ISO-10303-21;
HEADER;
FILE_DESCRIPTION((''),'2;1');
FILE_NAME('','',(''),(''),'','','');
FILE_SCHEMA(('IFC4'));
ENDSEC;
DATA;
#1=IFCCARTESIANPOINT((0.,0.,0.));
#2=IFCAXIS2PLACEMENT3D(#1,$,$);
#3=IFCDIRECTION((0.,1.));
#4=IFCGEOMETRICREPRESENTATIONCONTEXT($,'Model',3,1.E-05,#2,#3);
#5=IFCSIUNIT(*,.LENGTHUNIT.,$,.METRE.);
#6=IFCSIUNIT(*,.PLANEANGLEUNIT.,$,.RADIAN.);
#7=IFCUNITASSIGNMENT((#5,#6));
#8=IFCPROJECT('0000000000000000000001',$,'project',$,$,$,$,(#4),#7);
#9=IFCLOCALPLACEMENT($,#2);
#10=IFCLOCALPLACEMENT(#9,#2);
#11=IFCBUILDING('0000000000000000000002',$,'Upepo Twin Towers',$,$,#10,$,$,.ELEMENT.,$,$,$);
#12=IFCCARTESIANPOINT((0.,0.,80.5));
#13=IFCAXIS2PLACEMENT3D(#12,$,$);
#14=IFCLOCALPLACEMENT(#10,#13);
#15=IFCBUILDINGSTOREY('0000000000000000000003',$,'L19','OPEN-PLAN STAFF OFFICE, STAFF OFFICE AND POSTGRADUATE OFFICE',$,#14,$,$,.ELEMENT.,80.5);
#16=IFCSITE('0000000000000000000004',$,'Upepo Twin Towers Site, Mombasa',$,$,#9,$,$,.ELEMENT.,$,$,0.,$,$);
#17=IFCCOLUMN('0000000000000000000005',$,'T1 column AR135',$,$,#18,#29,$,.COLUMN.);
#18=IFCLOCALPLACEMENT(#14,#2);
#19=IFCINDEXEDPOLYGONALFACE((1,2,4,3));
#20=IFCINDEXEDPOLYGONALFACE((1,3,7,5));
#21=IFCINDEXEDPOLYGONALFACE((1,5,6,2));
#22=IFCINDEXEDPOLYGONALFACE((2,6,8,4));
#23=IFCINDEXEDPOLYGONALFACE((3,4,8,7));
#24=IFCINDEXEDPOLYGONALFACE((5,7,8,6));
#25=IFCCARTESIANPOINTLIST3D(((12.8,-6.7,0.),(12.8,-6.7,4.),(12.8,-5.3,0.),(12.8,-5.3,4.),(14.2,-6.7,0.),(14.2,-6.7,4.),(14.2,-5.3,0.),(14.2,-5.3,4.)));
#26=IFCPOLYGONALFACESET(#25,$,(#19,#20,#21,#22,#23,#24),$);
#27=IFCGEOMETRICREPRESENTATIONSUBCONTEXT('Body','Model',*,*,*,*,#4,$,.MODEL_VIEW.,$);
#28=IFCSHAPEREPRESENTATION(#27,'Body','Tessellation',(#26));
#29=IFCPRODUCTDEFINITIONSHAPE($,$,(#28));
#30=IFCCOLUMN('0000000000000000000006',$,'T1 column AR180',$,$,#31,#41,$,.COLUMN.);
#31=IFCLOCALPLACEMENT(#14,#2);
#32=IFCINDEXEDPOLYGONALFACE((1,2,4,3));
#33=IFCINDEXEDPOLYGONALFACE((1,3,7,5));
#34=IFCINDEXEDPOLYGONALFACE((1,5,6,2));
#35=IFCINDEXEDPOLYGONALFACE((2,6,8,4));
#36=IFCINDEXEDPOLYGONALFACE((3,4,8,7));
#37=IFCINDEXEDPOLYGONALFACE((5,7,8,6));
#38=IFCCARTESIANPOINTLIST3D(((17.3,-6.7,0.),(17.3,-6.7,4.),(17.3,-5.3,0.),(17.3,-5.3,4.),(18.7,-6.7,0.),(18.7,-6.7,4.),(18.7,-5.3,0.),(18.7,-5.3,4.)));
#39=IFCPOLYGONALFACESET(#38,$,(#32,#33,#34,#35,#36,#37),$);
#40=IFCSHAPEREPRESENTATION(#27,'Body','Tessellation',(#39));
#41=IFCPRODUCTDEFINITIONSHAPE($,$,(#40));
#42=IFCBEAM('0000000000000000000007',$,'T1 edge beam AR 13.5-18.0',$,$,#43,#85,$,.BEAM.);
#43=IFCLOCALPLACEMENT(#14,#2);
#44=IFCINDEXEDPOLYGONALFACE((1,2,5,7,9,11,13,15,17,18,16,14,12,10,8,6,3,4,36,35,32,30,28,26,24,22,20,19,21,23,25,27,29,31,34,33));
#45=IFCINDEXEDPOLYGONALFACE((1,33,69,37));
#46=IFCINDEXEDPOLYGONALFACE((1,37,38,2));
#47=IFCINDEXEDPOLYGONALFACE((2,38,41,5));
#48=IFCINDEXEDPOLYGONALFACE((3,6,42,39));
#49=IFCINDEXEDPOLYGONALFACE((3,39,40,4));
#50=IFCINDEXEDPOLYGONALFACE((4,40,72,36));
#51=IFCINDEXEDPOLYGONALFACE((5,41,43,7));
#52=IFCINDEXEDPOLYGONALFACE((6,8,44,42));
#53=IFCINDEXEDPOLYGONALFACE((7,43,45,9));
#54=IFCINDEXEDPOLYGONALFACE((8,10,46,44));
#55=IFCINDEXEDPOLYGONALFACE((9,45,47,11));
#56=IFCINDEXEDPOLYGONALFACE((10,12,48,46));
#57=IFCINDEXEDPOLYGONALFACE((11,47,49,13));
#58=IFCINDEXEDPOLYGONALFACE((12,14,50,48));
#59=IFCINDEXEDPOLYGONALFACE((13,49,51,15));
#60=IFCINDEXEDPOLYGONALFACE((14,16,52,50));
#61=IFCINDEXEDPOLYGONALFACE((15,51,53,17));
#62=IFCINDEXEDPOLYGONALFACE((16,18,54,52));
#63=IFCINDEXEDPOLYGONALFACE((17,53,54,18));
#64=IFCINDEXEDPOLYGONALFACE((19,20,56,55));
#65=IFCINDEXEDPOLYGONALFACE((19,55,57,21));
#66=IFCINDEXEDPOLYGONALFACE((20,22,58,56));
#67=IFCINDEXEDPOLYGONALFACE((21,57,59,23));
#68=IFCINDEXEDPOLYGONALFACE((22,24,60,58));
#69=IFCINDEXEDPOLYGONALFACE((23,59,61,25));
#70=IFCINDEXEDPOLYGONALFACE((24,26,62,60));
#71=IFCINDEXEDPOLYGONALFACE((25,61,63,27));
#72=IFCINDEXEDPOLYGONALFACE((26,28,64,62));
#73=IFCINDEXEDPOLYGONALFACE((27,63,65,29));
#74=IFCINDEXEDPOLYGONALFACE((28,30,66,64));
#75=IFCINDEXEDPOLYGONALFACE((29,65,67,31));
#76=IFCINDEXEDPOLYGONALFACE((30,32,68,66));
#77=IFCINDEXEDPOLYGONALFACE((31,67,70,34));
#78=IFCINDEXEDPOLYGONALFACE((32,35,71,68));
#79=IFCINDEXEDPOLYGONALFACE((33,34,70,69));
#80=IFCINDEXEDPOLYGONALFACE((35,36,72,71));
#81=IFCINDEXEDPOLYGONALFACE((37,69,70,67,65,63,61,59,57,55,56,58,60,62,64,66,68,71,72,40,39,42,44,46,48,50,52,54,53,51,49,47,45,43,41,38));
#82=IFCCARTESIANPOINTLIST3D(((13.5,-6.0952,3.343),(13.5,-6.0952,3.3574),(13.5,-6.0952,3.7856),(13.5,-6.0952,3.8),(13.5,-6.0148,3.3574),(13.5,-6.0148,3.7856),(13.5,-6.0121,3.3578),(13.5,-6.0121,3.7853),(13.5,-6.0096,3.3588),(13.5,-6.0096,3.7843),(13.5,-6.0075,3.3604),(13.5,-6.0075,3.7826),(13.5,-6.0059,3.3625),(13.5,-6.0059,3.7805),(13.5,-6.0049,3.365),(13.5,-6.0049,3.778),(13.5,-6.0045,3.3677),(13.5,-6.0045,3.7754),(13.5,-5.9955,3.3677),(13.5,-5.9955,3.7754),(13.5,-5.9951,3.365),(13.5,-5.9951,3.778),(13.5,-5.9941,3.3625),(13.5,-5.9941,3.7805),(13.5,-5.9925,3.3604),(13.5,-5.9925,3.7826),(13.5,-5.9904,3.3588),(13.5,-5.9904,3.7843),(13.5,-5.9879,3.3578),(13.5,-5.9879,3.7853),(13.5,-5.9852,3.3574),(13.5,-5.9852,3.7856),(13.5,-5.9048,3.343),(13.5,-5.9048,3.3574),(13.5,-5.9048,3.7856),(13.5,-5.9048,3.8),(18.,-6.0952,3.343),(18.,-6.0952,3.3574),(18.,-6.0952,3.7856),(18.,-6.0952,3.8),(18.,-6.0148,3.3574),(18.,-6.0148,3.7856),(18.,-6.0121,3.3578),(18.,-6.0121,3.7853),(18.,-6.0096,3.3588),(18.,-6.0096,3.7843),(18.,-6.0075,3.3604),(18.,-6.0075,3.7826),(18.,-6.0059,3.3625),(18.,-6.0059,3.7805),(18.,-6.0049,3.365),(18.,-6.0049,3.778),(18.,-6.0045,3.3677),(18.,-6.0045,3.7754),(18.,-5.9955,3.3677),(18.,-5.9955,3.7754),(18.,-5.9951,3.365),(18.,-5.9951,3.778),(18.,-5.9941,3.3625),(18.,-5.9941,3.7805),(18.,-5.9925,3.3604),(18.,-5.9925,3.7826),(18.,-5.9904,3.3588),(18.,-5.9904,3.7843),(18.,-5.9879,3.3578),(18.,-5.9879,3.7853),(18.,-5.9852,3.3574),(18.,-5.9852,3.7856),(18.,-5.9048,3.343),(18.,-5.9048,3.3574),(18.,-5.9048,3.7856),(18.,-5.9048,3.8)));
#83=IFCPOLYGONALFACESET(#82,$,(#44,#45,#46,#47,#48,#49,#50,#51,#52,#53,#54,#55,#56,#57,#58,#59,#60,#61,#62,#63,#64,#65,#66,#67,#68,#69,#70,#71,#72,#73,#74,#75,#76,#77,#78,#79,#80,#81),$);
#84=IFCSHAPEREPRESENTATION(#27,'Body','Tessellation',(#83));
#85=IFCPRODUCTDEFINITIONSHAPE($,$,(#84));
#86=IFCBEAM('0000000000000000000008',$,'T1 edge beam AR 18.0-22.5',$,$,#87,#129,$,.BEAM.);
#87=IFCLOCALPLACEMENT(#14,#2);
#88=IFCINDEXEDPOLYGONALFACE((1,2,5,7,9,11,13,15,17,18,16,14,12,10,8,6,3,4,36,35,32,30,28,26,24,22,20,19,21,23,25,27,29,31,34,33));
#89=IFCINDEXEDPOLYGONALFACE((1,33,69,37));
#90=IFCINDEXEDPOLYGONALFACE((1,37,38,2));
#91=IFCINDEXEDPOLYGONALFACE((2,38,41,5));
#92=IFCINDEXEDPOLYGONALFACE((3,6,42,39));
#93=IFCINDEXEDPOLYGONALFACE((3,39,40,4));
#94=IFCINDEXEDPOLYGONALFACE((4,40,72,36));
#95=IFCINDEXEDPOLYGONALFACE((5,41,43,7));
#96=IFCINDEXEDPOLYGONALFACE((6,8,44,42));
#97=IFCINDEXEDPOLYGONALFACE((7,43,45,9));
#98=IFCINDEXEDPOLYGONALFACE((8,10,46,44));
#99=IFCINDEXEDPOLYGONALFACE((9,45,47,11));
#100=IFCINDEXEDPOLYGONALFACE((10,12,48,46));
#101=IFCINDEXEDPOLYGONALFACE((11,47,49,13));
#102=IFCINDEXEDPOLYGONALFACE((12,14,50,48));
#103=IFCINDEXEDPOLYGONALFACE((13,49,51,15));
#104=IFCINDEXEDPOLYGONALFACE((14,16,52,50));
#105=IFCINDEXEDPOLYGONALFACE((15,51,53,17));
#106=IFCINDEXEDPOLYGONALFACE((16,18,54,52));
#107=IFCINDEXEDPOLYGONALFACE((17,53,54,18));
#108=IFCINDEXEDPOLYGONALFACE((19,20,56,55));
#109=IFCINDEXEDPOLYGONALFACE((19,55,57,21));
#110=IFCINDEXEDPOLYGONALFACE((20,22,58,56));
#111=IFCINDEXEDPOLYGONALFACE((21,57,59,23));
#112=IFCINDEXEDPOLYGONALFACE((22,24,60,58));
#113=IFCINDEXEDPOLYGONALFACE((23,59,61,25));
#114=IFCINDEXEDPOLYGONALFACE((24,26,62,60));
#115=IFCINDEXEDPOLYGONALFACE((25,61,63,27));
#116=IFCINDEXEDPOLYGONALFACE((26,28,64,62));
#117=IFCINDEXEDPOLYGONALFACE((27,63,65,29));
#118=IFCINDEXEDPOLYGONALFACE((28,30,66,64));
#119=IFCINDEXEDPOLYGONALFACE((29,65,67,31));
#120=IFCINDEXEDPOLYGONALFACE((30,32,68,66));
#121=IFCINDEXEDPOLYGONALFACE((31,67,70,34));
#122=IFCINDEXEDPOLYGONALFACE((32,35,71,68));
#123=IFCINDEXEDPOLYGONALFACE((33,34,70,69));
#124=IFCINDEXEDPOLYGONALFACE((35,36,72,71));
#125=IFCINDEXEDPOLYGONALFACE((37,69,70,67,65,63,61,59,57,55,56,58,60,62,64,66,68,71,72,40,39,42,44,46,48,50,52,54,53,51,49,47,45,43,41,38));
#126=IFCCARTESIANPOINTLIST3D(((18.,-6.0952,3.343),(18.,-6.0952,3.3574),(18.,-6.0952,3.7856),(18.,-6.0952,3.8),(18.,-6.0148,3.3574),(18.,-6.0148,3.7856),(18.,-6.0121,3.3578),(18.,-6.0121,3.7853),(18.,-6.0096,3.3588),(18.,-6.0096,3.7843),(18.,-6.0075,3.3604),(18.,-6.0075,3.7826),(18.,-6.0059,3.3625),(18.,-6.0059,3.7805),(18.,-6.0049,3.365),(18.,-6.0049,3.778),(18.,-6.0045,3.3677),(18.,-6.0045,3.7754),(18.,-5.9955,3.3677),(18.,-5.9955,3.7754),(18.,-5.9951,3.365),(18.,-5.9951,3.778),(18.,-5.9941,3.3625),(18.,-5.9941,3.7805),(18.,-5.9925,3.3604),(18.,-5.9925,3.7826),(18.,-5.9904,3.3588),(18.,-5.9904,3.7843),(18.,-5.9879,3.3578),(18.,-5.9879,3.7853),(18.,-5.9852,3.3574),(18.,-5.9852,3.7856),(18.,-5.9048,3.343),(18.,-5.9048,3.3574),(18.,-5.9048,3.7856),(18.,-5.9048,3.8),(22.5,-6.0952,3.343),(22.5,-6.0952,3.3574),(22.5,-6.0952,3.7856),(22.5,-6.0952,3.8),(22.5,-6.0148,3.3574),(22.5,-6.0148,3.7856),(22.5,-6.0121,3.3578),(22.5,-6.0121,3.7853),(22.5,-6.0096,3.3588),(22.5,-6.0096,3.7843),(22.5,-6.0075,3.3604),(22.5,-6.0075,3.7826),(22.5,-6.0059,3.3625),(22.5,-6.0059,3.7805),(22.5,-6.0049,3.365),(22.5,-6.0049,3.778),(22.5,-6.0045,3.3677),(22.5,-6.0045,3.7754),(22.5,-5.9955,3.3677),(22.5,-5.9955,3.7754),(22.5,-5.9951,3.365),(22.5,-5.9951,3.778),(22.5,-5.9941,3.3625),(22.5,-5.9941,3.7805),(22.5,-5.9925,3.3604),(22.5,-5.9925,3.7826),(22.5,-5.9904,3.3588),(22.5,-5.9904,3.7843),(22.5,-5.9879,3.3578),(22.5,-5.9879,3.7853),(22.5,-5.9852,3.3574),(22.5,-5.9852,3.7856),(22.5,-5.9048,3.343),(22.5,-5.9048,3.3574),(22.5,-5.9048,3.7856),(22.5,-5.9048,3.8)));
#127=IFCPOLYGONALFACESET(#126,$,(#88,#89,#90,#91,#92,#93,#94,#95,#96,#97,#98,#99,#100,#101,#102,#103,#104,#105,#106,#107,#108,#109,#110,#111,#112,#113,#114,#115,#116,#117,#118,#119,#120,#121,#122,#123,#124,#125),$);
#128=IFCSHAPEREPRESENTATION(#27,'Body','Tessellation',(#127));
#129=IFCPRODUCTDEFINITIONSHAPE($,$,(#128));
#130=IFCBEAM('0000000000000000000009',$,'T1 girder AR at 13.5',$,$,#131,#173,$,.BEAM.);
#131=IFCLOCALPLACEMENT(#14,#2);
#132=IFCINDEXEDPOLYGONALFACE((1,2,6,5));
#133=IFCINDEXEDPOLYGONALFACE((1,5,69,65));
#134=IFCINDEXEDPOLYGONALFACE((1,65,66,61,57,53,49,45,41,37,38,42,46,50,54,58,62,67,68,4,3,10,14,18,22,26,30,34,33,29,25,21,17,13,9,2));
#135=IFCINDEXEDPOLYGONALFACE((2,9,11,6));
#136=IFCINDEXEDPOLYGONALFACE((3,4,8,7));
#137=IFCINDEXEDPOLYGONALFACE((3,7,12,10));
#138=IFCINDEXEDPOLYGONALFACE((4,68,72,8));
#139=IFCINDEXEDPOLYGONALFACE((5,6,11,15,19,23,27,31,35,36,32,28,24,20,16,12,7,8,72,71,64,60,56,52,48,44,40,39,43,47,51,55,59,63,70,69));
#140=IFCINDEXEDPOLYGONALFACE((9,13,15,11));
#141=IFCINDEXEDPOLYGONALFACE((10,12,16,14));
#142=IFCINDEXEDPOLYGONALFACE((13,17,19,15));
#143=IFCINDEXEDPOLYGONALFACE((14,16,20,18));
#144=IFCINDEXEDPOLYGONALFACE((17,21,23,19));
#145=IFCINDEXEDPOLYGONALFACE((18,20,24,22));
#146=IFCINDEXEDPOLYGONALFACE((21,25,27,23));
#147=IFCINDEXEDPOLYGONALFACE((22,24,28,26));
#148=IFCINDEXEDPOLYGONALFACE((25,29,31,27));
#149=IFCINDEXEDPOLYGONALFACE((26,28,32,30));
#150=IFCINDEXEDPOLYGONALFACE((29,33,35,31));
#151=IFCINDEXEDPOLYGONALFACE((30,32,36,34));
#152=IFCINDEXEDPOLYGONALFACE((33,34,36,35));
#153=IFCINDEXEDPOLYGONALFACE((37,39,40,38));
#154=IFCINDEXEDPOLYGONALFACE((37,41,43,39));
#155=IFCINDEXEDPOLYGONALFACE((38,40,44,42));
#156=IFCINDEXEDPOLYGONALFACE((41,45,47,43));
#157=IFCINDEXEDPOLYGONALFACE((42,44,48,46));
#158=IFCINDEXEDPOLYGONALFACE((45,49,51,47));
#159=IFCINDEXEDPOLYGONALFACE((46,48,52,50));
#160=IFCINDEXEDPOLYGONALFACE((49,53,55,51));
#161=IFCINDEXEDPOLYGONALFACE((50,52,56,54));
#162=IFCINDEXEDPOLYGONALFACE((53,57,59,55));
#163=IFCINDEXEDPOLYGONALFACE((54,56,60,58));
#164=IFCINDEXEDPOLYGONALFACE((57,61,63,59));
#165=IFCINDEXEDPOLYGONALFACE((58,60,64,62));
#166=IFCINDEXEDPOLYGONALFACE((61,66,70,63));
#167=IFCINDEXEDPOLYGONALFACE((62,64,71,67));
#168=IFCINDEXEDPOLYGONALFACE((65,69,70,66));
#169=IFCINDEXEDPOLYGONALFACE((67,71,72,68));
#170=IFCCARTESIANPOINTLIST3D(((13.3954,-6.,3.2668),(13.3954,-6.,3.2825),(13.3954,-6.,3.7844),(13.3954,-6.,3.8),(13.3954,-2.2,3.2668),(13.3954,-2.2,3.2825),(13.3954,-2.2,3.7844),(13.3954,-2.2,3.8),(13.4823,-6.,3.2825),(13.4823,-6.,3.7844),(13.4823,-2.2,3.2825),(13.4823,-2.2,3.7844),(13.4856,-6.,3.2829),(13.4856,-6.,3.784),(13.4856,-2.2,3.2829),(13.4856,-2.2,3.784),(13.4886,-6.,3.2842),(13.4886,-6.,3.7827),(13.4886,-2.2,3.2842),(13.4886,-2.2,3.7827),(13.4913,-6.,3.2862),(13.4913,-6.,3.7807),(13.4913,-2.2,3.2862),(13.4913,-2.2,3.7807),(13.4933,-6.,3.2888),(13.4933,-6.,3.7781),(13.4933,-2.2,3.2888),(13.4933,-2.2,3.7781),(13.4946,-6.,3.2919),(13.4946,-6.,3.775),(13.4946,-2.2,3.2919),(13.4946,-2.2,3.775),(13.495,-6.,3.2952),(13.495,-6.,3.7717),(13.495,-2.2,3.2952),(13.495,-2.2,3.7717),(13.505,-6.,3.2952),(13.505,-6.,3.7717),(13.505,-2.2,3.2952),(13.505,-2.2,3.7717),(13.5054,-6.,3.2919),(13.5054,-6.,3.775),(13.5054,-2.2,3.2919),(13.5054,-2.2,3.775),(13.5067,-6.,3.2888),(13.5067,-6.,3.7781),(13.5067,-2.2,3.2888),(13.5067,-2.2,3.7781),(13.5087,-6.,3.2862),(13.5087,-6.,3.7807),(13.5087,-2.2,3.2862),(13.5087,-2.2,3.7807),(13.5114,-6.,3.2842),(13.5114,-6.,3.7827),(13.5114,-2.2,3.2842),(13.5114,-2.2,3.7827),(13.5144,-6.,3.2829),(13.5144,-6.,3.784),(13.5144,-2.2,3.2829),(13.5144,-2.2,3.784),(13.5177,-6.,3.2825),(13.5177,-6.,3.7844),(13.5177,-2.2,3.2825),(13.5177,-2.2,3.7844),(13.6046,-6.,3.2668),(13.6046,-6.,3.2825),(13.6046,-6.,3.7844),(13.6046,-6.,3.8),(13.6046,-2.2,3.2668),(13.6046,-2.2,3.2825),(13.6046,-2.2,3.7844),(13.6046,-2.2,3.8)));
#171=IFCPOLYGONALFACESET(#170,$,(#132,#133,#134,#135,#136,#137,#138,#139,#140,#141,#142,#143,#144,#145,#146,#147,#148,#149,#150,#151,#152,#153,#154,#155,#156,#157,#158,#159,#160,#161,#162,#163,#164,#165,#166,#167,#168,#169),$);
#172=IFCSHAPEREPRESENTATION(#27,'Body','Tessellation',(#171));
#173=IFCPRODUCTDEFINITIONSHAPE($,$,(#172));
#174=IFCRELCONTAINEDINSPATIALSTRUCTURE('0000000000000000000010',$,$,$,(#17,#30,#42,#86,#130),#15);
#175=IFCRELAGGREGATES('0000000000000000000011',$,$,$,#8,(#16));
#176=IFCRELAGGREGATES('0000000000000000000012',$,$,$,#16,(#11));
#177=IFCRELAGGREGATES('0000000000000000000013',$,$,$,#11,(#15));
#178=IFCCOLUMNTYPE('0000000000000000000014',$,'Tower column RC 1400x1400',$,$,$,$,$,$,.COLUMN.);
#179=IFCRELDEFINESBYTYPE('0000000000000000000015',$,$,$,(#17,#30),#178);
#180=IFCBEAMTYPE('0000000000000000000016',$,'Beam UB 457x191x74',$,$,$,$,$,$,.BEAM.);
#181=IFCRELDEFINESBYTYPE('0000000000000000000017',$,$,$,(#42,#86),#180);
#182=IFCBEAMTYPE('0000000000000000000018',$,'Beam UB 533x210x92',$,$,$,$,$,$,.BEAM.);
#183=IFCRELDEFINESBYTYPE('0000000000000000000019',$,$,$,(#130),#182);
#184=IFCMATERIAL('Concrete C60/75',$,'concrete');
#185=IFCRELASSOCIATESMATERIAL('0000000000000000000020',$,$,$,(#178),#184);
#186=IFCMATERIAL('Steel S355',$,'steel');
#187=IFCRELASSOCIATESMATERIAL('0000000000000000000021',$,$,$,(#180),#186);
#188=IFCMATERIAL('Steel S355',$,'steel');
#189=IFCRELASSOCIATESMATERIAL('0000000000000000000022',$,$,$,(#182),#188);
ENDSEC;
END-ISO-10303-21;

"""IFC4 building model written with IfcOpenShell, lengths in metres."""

from ifc_helpers import new_model, si_unit, direction, frame, origin, origin_2d, place, context, subcontext, project, spatial, rectangle, i_section, extrude, material, material_profile, profile_set, type_object, element, save


model = new_model("IFC4")

# Units and contexts
model_context = context("Model", 3, precision=1e-05, world=origin(), true_north=direction((0.0, 1.0)))
body_context = subcontext(model_context, "Body", "Model", "MODEL_VIEW")
ifc_project = project(units=[si_unit("LENGTHUNIT", "METRE"), si_unit("PLANEANGLEUNIT", "RADIAN")], contexts=[model_context])

# Site, building, storey
site_placement = place(None, origin())
site = spatial("IfcSite", under=ifc_project, at=site_placement, Name="Upepo Twin Towers Site, Mombasa", CompositionType="ELEMENT", RefElevation=0.0)
building_placement = place(site_placement, origin())
building = spatial("IfcBuilding", under=site, at=building_placement, Name="Upepo Twin Towers", CompositionType="ELEMENT")
storey_placement = place(building_placement, frame((0.0, 0.0, 80.5)))
storey = spatial("IfcBuildingStorey", under=building, at=storey_placement, Name="L19", Description="OPEN-PLAN STAFF OFFICE, STAFF OFFICE AND POSTGRADUATE OFFICE", CompositionType="ELEMENT", Elevation=80.5)

# Columns
ifc_material_1 = material(Name="Concrete C60/75", Category="concrete")
ifc_material_profile_1 = material_profile(ifc_material_1, rectangle(XDim=1.3999, YDim=1.3999, at=origin_2d()), Name="RC 1400x1400")
ifc_profile_set_1 = profile_set([ifc_material_profile_1], Name="Concrete C60/75")
column_type = type_object("IfcColumnType", Name="Tower column RC 1400x1400", PredefinedType="COLUMN", material=ifc_profile_set_1)
for number, where, z_axis, x_axis, name in (
    (1, (13.5, -6.0, 0.0), (0.0, 0.0, 1.0), (1.0, 0.0, 0.0), "T1 column AR135"),
    (2, (18.0, -6.0, 0.0), (0.0, 0.0, 1.0), (1.0, 0.0, 0.0), "T1 column AR180"),
):
    element("IfcColumn", number, at=place(storey_placement, frame(where, z_axis=z_axis, x_axis=x_axis)), inside=storey, type_object=column_type, Name=name, PredefinedType="COLUMN", context=body_context, shape_type="SweptSolid", body=[
        extrude(rectangle(XDim=1.3999, YDim=1.3999, at=origin_2d()), origin(), (0.0, 0.0, 1.0), 4.0),
    ])

# Beams
ifc_material_2 = material(Name="Steel S355", Category="steel")
ifc_material_profile_2 = material_profile(ifc_material_2, i_section(OverallWidth=0.1904, OverallDepth=0.457, WebThickness=0.009, FlangeThickness=0.0144, FilletRadius=0.0103, at=origin_2d()), Name="UB 457x191x74")
ifc_profile_set_2 = profile_set([ifc_material_profile_2], Name="Steel S355")
beam_type_1 = type_object("IfcBeamType", Name="Beam UB 457x191x74", PredefinedType="BEAM", material=ifc_profile_set_2)
for number, where, z_axis, x_axis, name in (
    (3, (13.5, -6.0, 3.5715), (1.0, 0.0, 0.0), (0.0, 1.0, 0.0), "T1 edge beam AR 13.5-18.0"),
    (4, (18.0, -6.0, 3.5715), (1.0, 0.0, 0.0), (0.0, 1.0, 0.0), "T1 edge beam AR 18.0-22.5"),
):
    element("IfcBeam", number, at=place(storey_placement, frame(where, z_axis=z_axis, x_axis=x_axis)), inside=storey, type_object=beam_type_1, Name=name, PredefinedType="BEAM", context=body_context, shape_type="SweptSolid", body=[
        extrude(i_section(OverallWidth=0.1904, OverallDepth=0.457, WebThickness=0.009, FlangeThickness=0.0144, FilletRadius=0.0103, at=origin_2d()), origin(), (0.0, 0.0, 1.0), 4.5),
    ])
ifc_material_3 = material(Name="Steel S355", Category="steel")
ifc_material_profile_3 = material_profile(ifc_material_3, i_section(OverallWidth=0.2092, OverallDepth=0.5332, WebThickness=0.01, FlangeThickness=0.0156, FilletRadius=0.0127, at=origin_2d()), Name="UB 533x210x92")
ifc_profile_set_3 = profile_set([ifc_material_profile_3], Name="Steel S355")
beam_type_2 = type_object("IfcBeamType", Name="Beam UB 533x210x92", PredefinedType="BEAM", material=ifc_profile_set_3)
for number, where, z_axis, x_axis, name in (
    (5, (13.5, -6.0, 3.5334), (0.0, 1.0, 0.0), (-1.0, 0.0, 0.0), "T1 girder AR at 13.5"),
):
    element("IfcBeam", number, at=place(storey_placement, frame(where, z_axis=z_axis, x_axis=x_axis)), inside=storey, type_object=beam_type_2, Name=name, PredefinedType="BEAM", context=body_context, shape_type="SweptSolid", body=[
        extrude(i_section(OverallWidth=0.2092, OverallDepth=0.5332, WebThickness=0.01, FlangeThickness=0.0156, FilletRadius=0.0127, at=origin_2d()), origin(), (0.0, 0.0, 1.0), 3.8),
    ])

save(model, "model.ifc")
